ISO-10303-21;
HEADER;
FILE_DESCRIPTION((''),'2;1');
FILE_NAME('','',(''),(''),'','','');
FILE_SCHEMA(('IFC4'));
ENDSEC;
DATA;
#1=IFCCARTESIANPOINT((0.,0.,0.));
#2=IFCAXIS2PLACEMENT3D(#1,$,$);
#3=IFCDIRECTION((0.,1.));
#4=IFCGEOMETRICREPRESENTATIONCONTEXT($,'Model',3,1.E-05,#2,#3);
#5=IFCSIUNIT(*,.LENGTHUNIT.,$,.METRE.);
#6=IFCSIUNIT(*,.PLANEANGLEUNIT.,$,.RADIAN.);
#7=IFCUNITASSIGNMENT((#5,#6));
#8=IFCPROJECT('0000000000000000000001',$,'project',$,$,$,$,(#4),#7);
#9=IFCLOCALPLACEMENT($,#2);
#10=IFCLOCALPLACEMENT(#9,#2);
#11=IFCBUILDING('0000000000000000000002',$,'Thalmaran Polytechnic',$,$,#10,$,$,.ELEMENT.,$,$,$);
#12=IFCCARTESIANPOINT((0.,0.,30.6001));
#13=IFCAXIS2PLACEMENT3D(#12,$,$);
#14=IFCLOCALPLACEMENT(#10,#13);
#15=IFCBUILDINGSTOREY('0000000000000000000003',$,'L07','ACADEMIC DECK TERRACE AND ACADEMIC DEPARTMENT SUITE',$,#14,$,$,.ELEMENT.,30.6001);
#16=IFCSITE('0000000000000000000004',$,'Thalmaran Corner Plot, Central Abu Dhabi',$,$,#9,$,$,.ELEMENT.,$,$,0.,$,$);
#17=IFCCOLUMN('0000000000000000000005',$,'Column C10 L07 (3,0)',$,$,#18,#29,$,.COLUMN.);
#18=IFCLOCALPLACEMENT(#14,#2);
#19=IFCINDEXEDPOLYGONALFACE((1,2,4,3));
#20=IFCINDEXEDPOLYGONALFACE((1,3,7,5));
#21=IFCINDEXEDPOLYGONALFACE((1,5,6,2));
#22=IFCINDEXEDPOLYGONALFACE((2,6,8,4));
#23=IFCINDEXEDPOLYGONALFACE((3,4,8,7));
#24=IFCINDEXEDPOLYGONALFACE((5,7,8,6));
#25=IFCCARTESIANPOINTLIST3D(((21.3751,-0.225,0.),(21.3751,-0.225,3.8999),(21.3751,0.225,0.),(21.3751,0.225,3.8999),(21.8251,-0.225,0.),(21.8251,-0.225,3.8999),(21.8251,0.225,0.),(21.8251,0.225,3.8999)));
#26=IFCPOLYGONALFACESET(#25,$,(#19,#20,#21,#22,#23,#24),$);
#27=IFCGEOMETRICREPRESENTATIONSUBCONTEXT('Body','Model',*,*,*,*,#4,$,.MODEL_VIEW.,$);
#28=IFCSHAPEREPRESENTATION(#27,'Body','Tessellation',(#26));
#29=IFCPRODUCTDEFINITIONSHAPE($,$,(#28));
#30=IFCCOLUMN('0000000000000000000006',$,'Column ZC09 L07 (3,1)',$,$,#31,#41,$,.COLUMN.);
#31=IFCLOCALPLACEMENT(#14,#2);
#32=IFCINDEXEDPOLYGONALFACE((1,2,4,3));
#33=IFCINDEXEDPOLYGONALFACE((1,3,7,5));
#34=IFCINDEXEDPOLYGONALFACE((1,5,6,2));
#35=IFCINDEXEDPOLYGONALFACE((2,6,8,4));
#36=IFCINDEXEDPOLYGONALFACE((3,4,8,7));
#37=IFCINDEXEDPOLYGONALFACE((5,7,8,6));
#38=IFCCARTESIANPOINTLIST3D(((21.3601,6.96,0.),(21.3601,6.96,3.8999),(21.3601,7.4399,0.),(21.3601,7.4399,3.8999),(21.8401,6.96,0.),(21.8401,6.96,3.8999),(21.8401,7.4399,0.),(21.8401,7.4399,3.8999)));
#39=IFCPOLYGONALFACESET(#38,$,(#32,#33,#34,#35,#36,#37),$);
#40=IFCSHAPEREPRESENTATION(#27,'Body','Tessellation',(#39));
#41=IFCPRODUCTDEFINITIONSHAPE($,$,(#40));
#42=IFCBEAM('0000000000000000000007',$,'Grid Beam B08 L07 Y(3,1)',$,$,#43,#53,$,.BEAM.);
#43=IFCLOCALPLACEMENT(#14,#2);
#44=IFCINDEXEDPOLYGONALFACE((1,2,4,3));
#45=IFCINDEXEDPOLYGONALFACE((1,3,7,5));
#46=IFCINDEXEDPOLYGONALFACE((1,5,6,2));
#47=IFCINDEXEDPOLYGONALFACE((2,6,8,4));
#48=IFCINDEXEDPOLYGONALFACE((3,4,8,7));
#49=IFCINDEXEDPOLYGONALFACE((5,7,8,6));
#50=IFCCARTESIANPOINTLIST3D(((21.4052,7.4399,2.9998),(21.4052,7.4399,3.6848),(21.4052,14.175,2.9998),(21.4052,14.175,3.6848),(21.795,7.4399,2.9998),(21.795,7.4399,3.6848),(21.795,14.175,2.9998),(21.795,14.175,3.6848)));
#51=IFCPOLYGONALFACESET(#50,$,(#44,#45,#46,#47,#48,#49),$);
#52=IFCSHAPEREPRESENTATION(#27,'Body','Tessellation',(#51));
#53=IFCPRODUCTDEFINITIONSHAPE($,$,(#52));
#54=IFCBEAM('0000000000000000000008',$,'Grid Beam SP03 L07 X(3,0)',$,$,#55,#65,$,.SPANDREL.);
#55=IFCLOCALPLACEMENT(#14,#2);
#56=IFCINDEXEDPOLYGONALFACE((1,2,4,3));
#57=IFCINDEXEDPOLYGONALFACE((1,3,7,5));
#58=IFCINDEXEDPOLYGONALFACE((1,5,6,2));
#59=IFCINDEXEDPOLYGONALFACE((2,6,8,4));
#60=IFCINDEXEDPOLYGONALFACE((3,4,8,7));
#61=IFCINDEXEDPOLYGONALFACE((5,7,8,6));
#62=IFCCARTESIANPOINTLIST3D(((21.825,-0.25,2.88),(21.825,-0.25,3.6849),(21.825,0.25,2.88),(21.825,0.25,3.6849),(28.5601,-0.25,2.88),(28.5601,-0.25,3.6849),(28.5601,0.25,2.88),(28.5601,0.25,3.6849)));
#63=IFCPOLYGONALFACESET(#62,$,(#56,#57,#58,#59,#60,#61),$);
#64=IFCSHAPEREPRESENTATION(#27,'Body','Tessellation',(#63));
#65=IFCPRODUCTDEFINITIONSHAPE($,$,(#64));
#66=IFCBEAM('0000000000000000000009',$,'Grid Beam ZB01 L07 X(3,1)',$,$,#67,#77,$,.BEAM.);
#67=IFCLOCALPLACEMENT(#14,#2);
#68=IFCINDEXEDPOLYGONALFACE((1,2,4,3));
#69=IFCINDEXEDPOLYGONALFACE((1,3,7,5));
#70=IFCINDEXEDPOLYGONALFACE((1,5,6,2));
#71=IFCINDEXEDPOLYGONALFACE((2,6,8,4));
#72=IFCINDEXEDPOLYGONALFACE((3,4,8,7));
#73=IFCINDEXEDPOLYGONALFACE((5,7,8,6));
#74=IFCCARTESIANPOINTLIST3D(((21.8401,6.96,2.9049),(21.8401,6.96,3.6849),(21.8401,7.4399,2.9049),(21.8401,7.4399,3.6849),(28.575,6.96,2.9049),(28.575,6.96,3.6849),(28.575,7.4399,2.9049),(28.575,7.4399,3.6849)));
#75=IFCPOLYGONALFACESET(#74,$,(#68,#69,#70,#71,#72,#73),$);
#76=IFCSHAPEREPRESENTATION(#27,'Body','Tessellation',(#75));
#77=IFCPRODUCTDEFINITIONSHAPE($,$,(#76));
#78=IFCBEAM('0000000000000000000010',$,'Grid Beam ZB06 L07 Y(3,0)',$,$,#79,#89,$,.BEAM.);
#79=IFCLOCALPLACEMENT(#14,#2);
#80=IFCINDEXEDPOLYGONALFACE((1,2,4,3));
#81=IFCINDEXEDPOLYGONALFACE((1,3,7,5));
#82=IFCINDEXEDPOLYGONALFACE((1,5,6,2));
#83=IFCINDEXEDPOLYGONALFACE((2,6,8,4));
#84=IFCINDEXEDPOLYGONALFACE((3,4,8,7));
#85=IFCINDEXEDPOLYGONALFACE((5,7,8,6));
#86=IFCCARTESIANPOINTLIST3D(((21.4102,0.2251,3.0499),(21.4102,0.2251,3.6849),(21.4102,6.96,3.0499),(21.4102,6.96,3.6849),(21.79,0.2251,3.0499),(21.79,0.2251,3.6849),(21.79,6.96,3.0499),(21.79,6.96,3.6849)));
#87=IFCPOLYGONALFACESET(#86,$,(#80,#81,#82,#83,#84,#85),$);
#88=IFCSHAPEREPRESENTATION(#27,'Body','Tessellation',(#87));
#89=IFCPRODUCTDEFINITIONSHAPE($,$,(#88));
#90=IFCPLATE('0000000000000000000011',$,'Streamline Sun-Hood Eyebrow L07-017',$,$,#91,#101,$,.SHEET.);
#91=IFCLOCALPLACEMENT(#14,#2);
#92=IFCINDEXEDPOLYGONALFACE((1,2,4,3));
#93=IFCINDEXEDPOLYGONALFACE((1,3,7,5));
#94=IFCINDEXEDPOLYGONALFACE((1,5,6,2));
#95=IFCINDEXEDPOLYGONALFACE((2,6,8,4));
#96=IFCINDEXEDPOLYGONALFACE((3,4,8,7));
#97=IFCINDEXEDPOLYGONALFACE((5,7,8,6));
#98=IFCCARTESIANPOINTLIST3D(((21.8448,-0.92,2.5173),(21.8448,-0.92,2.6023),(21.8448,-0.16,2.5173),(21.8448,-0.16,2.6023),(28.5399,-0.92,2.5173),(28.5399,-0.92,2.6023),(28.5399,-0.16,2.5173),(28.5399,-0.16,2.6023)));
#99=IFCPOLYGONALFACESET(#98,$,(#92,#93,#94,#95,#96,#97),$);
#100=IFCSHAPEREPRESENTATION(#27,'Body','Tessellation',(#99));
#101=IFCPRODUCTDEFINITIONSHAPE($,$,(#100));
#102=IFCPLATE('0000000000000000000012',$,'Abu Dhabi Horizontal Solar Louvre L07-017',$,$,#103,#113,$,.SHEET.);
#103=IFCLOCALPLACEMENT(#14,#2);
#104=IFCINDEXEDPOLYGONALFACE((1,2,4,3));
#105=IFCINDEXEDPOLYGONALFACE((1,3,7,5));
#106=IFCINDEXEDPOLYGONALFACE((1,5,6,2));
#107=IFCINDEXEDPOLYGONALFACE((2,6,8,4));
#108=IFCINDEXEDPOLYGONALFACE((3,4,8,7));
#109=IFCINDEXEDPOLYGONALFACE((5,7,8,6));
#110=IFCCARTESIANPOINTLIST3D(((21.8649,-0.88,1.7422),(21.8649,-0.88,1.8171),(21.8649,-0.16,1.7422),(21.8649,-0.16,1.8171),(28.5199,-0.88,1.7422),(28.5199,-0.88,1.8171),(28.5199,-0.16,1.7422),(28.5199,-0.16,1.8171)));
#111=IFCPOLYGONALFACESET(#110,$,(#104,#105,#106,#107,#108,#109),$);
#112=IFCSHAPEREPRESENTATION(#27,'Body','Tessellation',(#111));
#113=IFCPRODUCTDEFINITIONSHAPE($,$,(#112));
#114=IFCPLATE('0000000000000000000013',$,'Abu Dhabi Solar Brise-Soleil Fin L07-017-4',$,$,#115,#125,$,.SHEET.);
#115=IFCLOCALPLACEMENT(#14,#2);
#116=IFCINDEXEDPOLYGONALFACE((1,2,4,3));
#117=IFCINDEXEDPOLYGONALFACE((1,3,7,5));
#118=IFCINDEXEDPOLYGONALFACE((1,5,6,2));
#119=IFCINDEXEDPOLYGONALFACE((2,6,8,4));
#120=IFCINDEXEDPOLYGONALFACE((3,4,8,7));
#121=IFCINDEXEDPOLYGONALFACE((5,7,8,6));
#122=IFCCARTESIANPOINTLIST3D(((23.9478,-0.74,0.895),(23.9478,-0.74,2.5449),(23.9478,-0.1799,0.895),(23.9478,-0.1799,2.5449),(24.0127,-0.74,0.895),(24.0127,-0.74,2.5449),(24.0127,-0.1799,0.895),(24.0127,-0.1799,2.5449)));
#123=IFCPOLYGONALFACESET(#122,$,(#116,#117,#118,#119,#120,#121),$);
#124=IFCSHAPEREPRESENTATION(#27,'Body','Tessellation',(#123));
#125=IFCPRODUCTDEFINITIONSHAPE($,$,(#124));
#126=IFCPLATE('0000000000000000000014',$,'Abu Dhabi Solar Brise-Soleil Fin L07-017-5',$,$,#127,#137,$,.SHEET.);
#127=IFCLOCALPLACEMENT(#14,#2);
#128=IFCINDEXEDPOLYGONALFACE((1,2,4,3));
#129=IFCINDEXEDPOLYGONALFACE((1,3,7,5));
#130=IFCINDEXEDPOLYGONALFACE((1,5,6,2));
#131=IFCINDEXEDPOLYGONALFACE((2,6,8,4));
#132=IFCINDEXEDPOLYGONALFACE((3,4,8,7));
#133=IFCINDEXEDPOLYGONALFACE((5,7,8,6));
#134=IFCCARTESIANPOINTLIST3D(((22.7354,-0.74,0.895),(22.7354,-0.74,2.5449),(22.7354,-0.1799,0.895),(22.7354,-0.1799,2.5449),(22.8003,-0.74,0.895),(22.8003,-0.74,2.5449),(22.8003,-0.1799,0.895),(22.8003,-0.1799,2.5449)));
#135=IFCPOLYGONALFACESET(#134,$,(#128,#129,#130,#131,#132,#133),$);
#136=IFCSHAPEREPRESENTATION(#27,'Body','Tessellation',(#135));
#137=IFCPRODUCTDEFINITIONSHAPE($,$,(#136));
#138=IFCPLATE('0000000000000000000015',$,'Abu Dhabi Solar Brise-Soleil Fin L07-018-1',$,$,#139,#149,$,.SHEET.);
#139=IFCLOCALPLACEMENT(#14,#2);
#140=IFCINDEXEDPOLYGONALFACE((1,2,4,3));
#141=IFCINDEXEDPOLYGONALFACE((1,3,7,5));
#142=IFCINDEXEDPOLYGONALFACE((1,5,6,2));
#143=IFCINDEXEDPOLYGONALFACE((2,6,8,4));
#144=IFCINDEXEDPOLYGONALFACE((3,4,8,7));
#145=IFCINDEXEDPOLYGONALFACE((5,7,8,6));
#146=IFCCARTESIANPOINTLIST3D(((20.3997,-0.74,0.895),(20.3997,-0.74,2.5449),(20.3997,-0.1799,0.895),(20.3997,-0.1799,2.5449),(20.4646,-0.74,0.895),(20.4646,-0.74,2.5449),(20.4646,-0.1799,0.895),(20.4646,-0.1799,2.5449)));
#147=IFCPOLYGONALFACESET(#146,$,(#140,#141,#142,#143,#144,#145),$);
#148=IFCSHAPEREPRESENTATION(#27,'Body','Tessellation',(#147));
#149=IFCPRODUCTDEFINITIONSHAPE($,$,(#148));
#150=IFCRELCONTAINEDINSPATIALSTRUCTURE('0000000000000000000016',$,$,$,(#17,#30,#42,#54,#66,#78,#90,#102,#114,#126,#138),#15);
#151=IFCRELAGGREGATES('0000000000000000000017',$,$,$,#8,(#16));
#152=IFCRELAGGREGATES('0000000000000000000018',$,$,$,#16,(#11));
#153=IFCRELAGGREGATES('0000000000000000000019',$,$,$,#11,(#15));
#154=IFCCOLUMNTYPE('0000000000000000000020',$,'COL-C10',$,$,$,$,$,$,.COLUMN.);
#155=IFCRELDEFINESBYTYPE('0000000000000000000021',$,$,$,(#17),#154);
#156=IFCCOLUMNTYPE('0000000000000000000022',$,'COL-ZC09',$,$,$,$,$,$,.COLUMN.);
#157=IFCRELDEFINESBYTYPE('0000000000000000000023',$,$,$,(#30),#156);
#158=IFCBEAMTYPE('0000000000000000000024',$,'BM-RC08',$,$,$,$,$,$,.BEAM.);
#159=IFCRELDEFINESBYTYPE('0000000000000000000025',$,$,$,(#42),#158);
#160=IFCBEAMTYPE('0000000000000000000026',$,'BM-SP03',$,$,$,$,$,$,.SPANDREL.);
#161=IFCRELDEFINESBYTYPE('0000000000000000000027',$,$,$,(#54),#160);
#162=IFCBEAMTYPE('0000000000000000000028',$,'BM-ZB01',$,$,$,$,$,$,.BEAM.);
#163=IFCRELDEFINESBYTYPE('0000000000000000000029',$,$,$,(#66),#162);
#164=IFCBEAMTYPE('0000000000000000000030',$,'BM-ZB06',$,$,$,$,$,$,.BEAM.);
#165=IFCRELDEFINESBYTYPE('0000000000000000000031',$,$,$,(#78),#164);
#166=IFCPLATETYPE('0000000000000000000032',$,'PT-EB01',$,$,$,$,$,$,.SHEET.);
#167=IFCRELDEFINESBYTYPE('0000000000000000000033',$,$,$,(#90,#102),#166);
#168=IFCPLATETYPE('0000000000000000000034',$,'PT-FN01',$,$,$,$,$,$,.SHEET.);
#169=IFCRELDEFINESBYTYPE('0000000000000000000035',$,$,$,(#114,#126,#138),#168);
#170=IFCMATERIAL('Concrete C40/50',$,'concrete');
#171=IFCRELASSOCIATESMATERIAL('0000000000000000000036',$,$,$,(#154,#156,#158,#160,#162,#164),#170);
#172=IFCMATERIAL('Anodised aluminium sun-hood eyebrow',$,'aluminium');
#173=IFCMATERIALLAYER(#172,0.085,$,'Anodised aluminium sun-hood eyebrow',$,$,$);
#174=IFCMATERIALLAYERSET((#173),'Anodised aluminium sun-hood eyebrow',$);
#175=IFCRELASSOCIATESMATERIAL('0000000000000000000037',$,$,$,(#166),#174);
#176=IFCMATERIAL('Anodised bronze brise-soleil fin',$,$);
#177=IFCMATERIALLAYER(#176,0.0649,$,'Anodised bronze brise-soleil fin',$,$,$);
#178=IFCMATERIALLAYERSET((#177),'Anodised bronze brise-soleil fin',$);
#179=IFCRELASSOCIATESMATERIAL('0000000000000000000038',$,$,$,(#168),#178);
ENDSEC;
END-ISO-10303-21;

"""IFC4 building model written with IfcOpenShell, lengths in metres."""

from ifc_helpers import new_model, si_unit, direction, frame, origin, origin_2d, place, context, subcontext, project, spatial, rectangle, extrude, material, layer, layer_set, material_profile, profile_set, type_object, element, save


model = new_model("IFC4")

# Units and contexts
model_context = context("Model", 3, precision=1e-05, world=origin(), true_north=direction((0.0, 1.0)))
body_context = subcontext(model_context, "Body", "Model", "MODEL_VIEW")
ifc_project = project(units=[si_unit("LENGTHUNIT", "METRE"), si_unit("PLANEANGLEUNIT", "RADIAN")], contexts=[model_context])

# Site, building, storey
site_placement = place(None, origin())
site = spatial("IfcSite", under=ifc_project, at=site_placement, Name="Thalmaran Corner Plot, Central Abu Dhabi", CompositionType="ELEMENT", RefElevation=0.0)
building_placement = place(site_placement, origin())
building = spatial("IfcBuilding", under=site, at=building_placement, Name="Thalmaran Polytechnic", CompositionType="ELEMENT")
storey_placement = place(building_placement, frame((0.0, 0.0, 30.6001)))
storey = spatial("IfcBuildingStorey", under=building, at=storey_placement, Name="L07", Description="ACADEMIC DECK TERRACE AND ACADEMIC DEPARTMENT SUITE", CompositionType="ELEMENT", Elevation=30.6001)

# Columns
ifc_material_1 = material(Name="Concrete C40/50", Category="concrete")
ifc_material_profile_1 = material_profile(ifc_material_1, rectangle(XDim=0.45, YDim=0.45, at=origin_2d()), Name="RC 450x450")
ifc_profile_set_1 = profile_set([ifc_material_profile_1], Name="Concrete C40/50")
column_type_1 = type_object("IfcColumnType", Name="COL-C10", PredefinedType="COLUMN", material=ifc_profile_set_1)
column_1_placement = place(storey_placement, frame((21.6001, 0.0, 0.0), z_axis=(0.0, 0.0, 1.0), x_axis=(1.0, 0.0, 0.0)))
element("IfcColumn", 1, at=column_1_placement, inside=storey, type_object=column_type_1, Name="Column C10 L07 (3,0)", PredefinedType="COLUMN", context=body_context, shape_type="SweptSolid", body=[
    extrude(rectangle(XDim=0.45, YDim=0.45, at=origin_2d()), origin(), (0.0, 0.0, 1.0), 3.8999),
])
ifc_material_profile_2 = material_profile(ifc_material_1, rectangle(XDim=0.48, YDim=0.48, at=origin_2d()), Name="RC 480x480")
ifc_profile_set_2 = profile_set([ifc_material_profile_2], Name="Concrete C40/50")
column_type_2 = type_object("IfcColumnType", Name="COL-ZC09", PredefinedType="COLUMN", material=ifc_profile_set_2)
column_2_placement = place(storey_placement, frame((21.6001, 7.2, 0.0), z_axis=(0.0, 0.0, 1.0), x_axis=(1.0, 0.0, 0.0)))
element("IfcColumn", 2, at=column_2_placement, inside=storey, type_object=column_type_2, Name="Column ZC09 L07 (3,1)", PredefinedType="COLUMN", context=body_context, shape_type="SweptSolid", body=[
    extrude(rectangle(XDim=0.48, YDim=0.48, at=origin_2d()), origin(), (0.0, 0.0, 1.0), 3.8999),
])

# Beams
ifc_material_profile_3 = material_profile(ifc_material_1, rectangle(XDim=0.3899, YDim=0.6851, at=origin_2d()), Name="RC 390x685")
ifc_profile_set_3 = profile_set([ifc_material_profile_3], Name="Concrete C40/50")
beam_type_1 = type_object("IfcBeamType", Name="BM-RC08", PredefinedType="BEAM", material=ifc_profile_set_3)
beam_1_placement = place(storey_placement, frame((21.6001, 7.4399, 3.3423), z_axis=(0.0, 1.0, 0.0), x_axis=(-1.0, 0.0, 0.0)))
element("IfcBeam", 3, at=beam_1_placement, inside=storey, type_object=beam_type_1, Name="Grid Beam B08 L07 Y(3,1)", PredefinedType="BEAM", context=body_context, shape_type="SweptSolid", body=[
    extrude(rectangle(XDim=0.3899, YDim=0.6851, at=origin_2d()), origin(), (0.0, 0.0, 1.0), 6.7351),
])
ifc_material_profile_4 = material_profile(ifc_material_1, rectangle(XDim=0.5, YDim=0.8049, at=origin_2d()), Name="RC 500x805")
ifc_profile_set_4 = profile_set([ifc_material_profile_4], Name="Concrete C40/50")
beam_type_2 = type_object("IfcBeamType", Name="BM-SP03", PredefinedType="SPANDREL", material=ifc_profile_set_4)
beam_2_placement = place(storey_placement, frame((21.825, 0.0, 3.2825), z_axis=(1.0, 0.0, 0.0), x_axis=(0.0, 1.0, 0.0)))
element("IfcBeam", 4, at=beam_2_placement, inside=storey, type_object=beam_type_2, Name="Grid Beam SP03 L07 X(3,0)", PredefinedType="SPANDREL", context=body_context, shape_type="SweptSolid", body=[
    extrude(rectangle(XDim=0.5, YDim=0.8049, at=origin_2d()), origin(), (0.0, 0.0, 1.0), 6.7351),
])
ifc_material_profile_5 = material_profile(ifc_material_1, rectangle(XDim=0.48, YDim=0.78, at=origin_2d()), Name="RC 480x780")
ifc_profile_set_5 = profile_set([ifc_material_profile_5], Name="Concrete C40/50")
beam_type_3 = type_object("IfcBeamType", Name="BM-ZB01", PredefinedType="BEAM", material=ifc_profile_set_5)
beam_3_placement = place(storey_placement, frame((21.8401, 7.2, 3.2949), z_axis=(1.0, 0.0, 0.0), x_axis=(0.0, 1.0, 0.0)))
element("IfcBeam", 5, at=beam_3_placement, inside=storey, type_object=beam_type_3, Name="Grid Beam ZB01 L07 X(3,1)", PredefinedType="BEAM", context=body_context, shape_type="SweptSolid", body=[
    extrude(rectangle(XDim=0.48, YDim=0.78, at=origin_2d()), origin(), (0.0, 0.0, 1.0), 6.7349),
])
ifc_material_profile_6 = material_profile(ifc_material_1, rectangle(XDim=0.3799, YDim=0.635, at=origin_2d()), Name="RC 380x635")
ifc_profile_set_6 = profile_set([ifc_material_profile_6], Name="Concrete C40/50")
beam_type_4 = type_object("IfcBeamType", Name="BM-ZB06", PredefinedType="BEAM", material=ifc_profile_set_6)
beam_4_placement = place(storey_placement, frame((21.6001, 0.2251, 3.3674), z_axis=(0.0, 1.0, 0.0), x_axis=(-1.0, 0.0, 0.0)))
element("IfcBeam", 6, at=beam_4_placement, inside=storey, type_object=beam_type_4, Name="Grid Beam ZB06 L07 Y(3,0)", PredefinedType="BEAM", context=body_context, shape_type="SweptSolid", body=[
    extrude(rectangle(XDim=0.3799, YDim=0.635, at=origin_2d()), origin(), (0.0, 0.0, 1.0), 6.7349),
])

# Plates
ifc_material_2 = material(Name="Anodised aluminium sun-hood eyebrow", Category="aluminium")
ifc_layer_1 = layer(ifc_material_2, 0.085, Name="Anodised aluminium sun-hood eyebrow")
ifc_layer_set_1 = layer_set([ifc_layer_1], Name="Anodised aluminium sun-hood eyebrow")
plate_type_1 = type_object("IfcPlateType", Name="PT-EB01", PredefinedType="SHEET", material=ifc_layer_set_1)
plate_1_placement = place(storey_placement, frame((25.1924, -0.54, 2.5173), z_axis=(0.0, 0.0, 1.0), x_axis=(-1.0, 0.0, 0.0)))
element("IfcPlate", 7, at=plate_1_placement, inside=storey, type_object=plate_type_1, Name="Streamline Sun-Hood Eyebrow L07-017", PredefinedType="SHEET", context=body_context, shape_type="SweptSolid", body=[
    extrude(rectangle(XDim=6.6951, YDim=0.76, at=origin_2d()), origin(), (0.0, 0.0, 1.0), 0.085),
])
plate_2_placement = place(storey_placement, frame((25.1924, -0.52, 1.7422), z_axis=(0.0, 0.0, 1.0), x_axis=(-1.0, 0.0, 0.0)))
element("IfcPlate", 8, at=plate_2_placement, inside=storey, type_object=plate_type_1, Name="Abu Dhabi Horizontal Solar Louvre L07-017", PredefinedType="SHEET", context=body_context, shape_type="SweptSolid", body=[
    extrude(rectangle(XDim=6.655, YDim=0.72, at=origin_2d()), origin(), (0.0, 0.0, 1.0), 0.075),
])
ifc_material_3 = material(Name="Anodised bronze brise-soleil fin")
ifc_layer_2 = layer(ifc_material_3, 0.0649, Name="Anodised bronze brise-soleil fin")
ifc_layer_set_2 = layer_set([ifc_layer_2], Name="Anodised bronze brise-soleil fin")
plate_type_2 = type_object("IfcPlateType", Name="PT-FN01", PredefinedType="SHEET", material=ifc_layer_set_2)
for number, where, z_axis, x_axis, name in (
    (9, (23.9802, -0.46, 0.895), (0.0, 0.0, 1.0), (-1.0, 0.0, 0.0), "Abu Dhabi Solar Brise-Soleil Fin L07-017-4"),
    (10, (22.7678, -0.46, 0.895), (0.0, 0.0, 1.0), (-1.0, 0.0, 0.0), "Abu Dhabi Solar Brise-Soleil Fin L07-017-5"),
    (11, (20.4321, -0.46, 0.895), (0.0, 0.0, 1.0), (-1.0, 0.0, 0.0), "Abu Dhabi Solar Brise-Soleil Fin L07-018-1"),
):
    element("IfcPlate", number, at=place(storey_placement, frame(where, z_axis=z_axis, x_axis=x_axis)), inside=storey, type_object=plate_type_2, Name=name, PredefinedType="SHEET", context=body_context, shape_type="SweptSolid", body=[
        extrude(rectangle(XDim=0.0649, YDim=0.5601, at=origin_2d()), origin(), (0.0, 0.0, 1.0), 1.6499),
    ])

save(model, "model.ifc")
